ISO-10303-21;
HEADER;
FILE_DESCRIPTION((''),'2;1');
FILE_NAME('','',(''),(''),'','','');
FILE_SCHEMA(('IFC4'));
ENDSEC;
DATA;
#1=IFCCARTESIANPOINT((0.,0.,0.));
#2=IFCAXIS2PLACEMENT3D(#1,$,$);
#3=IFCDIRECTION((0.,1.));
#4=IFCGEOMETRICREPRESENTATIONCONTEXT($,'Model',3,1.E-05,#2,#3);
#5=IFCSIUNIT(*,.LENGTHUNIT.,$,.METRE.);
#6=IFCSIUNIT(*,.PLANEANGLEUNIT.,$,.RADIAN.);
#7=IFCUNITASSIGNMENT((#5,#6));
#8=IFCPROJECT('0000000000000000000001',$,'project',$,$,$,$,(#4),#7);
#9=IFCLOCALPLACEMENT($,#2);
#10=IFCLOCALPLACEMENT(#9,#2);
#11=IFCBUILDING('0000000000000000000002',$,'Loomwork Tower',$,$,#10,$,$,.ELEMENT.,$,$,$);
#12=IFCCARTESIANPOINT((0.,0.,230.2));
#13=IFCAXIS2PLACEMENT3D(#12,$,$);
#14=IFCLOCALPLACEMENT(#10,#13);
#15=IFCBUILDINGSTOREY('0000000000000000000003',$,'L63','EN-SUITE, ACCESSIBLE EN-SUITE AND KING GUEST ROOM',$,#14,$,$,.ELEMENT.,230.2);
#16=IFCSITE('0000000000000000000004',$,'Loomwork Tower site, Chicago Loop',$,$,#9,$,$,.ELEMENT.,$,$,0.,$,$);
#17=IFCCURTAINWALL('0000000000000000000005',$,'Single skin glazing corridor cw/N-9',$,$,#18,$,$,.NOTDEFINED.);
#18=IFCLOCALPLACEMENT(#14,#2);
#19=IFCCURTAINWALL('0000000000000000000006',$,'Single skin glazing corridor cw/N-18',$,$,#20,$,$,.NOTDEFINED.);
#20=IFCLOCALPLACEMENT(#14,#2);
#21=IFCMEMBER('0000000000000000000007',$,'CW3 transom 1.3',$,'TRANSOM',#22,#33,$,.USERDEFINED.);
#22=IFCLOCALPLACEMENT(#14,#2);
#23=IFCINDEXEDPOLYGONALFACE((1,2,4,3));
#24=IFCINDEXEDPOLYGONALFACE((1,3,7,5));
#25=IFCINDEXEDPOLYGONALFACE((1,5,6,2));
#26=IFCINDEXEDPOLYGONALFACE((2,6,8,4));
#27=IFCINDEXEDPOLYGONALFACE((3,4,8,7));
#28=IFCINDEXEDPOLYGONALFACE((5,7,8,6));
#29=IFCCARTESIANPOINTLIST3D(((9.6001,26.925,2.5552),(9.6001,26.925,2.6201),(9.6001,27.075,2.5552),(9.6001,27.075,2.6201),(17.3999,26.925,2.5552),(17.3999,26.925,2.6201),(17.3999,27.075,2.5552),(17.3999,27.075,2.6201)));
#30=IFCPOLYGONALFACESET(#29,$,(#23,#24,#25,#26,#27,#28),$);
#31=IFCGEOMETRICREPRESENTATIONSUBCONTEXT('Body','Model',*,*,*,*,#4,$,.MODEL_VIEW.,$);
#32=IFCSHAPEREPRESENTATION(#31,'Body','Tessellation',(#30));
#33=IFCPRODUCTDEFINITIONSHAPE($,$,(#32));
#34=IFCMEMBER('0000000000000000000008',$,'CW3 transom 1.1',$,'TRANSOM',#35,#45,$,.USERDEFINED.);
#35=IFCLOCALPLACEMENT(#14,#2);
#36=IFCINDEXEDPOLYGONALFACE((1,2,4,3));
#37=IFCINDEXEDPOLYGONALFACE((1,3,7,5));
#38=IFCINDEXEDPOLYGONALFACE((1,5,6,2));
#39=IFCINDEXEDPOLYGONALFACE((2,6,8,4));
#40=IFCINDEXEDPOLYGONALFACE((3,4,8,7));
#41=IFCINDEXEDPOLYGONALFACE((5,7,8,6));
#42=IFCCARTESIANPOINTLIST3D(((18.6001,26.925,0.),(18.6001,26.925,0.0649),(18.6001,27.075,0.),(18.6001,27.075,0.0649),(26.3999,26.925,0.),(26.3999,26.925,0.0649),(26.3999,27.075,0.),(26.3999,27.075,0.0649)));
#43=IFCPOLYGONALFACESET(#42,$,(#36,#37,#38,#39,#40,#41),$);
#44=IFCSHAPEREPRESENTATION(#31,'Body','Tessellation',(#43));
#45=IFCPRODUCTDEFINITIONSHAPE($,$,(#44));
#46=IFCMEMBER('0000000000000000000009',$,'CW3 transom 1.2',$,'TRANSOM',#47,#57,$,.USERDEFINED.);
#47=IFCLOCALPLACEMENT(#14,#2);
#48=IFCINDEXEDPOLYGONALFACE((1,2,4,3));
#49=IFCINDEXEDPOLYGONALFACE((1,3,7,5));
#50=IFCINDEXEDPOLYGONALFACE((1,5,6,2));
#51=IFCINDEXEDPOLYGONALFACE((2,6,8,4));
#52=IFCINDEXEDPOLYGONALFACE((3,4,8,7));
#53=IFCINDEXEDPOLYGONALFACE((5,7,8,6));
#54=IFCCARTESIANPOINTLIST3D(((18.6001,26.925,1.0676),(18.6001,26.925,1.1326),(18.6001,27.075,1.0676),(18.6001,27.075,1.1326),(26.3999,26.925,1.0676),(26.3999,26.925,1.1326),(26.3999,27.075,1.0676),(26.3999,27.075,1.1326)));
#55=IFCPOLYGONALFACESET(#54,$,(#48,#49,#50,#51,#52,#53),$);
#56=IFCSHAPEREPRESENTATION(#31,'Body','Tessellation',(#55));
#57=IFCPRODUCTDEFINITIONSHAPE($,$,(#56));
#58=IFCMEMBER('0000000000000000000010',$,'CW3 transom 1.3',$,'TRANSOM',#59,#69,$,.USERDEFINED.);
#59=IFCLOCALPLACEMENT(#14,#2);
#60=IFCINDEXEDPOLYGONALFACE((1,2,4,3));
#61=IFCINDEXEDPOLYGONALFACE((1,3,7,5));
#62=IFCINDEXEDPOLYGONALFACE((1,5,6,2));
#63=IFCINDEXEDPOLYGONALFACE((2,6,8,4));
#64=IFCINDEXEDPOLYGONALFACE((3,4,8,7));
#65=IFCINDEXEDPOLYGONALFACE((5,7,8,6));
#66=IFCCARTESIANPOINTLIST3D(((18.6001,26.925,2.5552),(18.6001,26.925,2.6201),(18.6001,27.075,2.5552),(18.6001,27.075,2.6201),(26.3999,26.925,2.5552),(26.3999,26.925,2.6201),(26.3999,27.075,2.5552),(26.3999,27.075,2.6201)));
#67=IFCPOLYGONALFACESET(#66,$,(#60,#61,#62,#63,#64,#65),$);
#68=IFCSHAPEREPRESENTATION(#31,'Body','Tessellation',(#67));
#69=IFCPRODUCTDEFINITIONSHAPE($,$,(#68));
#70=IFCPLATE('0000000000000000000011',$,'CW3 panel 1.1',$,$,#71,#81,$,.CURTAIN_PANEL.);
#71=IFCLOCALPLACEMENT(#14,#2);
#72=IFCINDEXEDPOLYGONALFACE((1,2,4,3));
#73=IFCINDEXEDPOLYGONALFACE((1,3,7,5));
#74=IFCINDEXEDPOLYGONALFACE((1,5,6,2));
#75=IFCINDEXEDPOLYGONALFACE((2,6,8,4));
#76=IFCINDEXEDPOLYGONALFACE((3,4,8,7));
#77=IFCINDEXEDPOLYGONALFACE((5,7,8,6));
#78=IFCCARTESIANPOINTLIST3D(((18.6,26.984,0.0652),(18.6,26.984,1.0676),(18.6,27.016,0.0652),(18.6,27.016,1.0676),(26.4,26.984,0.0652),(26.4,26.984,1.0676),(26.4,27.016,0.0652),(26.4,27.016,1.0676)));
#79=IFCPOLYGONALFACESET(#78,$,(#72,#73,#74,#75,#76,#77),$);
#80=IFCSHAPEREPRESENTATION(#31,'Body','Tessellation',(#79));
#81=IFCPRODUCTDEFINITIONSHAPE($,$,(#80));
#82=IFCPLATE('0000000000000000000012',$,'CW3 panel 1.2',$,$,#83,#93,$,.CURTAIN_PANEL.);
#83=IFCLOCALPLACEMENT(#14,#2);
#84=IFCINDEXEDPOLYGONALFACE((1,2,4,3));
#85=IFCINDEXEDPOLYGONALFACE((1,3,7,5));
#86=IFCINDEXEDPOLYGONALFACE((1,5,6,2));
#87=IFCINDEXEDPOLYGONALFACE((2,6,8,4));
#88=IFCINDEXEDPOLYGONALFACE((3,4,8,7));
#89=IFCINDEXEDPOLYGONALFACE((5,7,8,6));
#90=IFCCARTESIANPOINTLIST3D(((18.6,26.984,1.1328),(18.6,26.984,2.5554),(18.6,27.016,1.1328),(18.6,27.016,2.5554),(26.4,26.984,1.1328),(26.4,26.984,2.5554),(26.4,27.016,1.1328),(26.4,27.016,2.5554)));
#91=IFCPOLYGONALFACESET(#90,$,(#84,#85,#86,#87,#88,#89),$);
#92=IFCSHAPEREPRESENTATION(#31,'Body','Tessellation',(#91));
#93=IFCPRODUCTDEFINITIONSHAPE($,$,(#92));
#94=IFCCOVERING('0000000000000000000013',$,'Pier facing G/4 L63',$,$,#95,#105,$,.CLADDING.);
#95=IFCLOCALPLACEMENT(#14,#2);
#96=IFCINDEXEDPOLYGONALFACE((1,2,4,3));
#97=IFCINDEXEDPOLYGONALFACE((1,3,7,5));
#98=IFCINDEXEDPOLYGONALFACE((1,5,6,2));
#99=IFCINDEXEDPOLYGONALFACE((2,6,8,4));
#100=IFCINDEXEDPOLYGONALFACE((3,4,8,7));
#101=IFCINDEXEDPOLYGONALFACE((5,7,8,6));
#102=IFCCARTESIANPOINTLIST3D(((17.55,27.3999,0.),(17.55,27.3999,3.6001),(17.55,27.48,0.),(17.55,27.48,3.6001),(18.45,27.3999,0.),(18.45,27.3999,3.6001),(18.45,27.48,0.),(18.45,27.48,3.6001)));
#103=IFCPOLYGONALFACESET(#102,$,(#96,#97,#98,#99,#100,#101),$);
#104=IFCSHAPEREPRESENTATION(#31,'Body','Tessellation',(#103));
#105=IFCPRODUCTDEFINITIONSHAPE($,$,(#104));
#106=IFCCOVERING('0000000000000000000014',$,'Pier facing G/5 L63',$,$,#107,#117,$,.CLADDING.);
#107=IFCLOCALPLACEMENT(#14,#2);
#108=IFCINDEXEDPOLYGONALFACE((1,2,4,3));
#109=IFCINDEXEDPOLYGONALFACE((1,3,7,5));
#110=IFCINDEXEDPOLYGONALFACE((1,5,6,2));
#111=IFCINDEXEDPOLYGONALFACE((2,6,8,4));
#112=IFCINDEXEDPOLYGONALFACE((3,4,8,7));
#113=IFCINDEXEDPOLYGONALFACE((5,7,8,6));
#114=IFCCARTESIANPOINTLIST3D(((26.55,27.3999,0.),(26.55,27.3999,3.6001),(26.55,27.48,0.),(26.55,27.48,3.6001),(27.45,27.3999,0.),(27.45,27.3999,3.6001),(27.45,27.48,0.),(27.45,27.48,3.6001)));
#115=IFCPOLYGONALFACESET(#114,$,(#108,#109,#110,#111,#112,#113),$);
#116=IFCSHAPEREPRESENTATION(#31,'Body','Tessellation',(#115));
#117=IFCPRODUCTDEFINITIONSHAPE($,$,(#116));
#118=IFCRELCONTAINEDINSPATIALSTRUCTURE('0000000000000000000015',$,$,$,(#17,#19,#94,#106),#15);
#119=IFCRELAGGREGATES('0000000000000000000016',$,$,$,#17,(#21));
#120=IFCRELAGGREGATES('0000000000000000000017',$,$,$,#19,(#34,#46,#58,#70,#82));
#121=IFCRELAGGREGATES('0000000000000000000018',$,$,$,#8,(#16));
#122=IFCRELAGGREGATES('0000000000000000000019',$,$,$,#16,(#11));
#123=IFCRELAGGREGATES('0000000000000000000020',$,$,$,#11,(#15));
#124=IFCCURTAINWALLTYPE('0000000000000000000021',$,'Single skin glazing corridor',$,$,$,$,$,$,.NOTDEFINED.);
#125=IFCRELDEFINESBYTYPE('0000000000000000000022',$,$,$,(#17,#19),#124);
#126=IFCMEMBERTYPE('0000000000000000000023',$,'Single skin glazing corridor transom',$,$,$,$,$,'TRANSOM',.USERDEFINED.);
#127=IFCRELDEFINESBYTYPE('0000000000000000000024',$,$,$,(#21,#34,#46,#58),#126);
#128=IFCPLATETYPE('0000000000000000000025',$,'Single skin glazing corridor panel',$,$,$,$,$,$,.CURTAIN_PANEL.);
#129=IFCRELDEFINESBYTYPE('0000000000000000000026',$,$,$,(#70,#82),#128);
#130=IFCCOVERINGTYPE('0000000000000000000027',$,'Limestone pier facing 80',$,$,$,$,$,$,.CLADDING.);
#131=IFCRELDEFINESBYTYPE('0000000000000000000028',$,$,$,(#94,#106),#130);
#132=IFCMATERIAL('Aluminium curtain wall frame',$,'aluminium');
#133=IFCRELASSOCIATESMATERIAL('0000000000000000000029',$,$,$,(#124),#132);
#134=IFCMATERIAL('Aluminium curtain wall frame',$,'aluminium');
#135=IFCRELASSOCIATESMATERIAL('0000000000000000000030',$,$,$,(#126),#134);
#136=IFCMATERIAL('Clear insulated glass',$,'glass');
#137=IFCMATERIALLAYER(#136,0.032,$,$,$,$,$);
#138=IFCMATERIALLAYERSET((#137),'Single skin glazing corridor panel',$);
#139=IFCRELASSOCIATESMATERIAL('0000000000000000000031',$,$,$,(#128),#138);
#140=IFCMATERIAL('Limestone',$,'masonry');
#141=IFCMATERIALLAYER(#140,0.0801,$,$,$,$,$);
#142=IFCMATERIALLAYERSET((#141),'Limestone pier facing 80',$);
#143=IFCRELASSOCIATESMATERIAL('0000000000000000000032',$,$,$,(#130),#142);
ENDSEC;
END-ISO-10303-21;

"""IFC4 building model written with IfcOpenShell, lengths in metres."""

from ifc_helpers import new_model, si_unit, direction, frame, origin, origin_2d, place, context, subcontext, project, spatial, rectangle, extrude, material, layer, layer_set, material_profile, profile_set, type_object, element, aggregate, save


model = new_model("IFC4")

# Units and contexts
model_context = context("Model", 3, precision=1e-05, world=origin(), true_north=direction((0.0, 1.0)))
body_context = subcontext(model_context, "Body", "Model", "MODEL_VIEW")
ifc_project = project(units=[si_unit("LENGTHUNIT", "METRE"), si_unit("PLANEANGLEUNIT", "RADIAN")], contexts=[model_context])

# Site, building, storey
site_placement = place(None, origin())
site = spatial("IfcSite", under=ifc_project, at=site_placement, Name="Loomwork Tower site, Chicago Loop", CompositionType="ELEMENT", RefElevation=0.0)
building_placement = place(site_placement, origin())
building = spatial("IfcBuilding", under=site, at=building_placement, Name="Loomwork Tower", CompositionType="ELEMENT")
storey_placement = place(building_placement, frame((0.0, 0.0, 230.2)))
storey = spatial("IfcBuildingStorey", under=building, at=storey_placement, Name="L63", Description="EN-SUITE, ACCESSIBLE EN-SUITE AND KING GUEST ROOM", CompositionType="ELEMENT", Elevation=230.2)

# Curtain wall
ifc_material_1 = material(Name="Aluminium curtain wall frame", Category="aluminium")
curtain_wall_type = type_object("IfcCurtainWallType", Name="Single skin glazing corridor", PredefinedType="NOTDEFINED", material=ifc_material_1)
curtain_wall_1_placement = place(storey_placement, origin())
curtain_wall_1 = element("IfcCurtainWall", 1, at=curtain_wall_1_placement, inside=storey, type_object=curtain_wall_type, Name="Single skin glazing corridor cw/N-9", PredefinedType="NOTDEFINED")

# Curtain wall
curtain_wall_2_placement = place(storey_placement, origin())
curtain_wall_2 = element("IfcCurtainWall", 2, at=curtain_wall_2_placement, inside=storey, type_object=curtain_wall_type, Name="Single skin glazing corridor cw/N-18", PredefinedType="NOTDEFINED")

# Members
ifc_material_2 = material(Name="Aluminium curtain wall frame", Category="aluminium")
ifc_material_profile_1 = material_profile(ifc_material_2, rectangle(XDim=0.1499, YDim=0.0649, at=origin_2d()), Name="AL 65x150")
ifc_profile_set_1 = profile_set([ifc_material_profile_1], Name="Aluminium curtain wall frame")
member_type_1 = type_object("IfcMemberType", Name="Single skin glazing corridor transom", ElementType="TRANSOM", PredefinedType="USERDEFINED", material=ifc_profile_set_1)
member_1_placement = place(storey_placement, frame((17.3999, 27.0, 2.5876), z_axis=(-1.0, 0.0, 0.0), x_axis=(0.0, -1.0, 0.0)))
member_1 = element("IfcMember", 3, at=member_1_placement, type_object=member_type_1, Name="CW3 transom 1.3", ObjectType="TRANSOM", PredefinedType="USERDEFINED", context=body_context, shape_type="SweptSolid", body=[
    extrude(rectangle(XDim=0.1499, YDim=0.0649, at=origin_2d()), origin(), (0.0, 0.0, 1.0), 7.7998),
])
aggregate(curtain_wall_1, [member_1])
member_2_placement = place(storey_placement, frame((26.3999, 27.0, 0.0325), z_axis=(-1.0, 0.0, 0.0), x_axis=(0.0, -1.0, 0.0)))
member_2 = element("IfcMember", 4, at=member_2_placement, type_object=member_type_1, Name="CW3 transom 1.1", ObjectType="TRANSOM", PredefinedType="USERDEFINED", context=body_context, shape_type="SweptSolid", body=[
    extrude(rectangle(XDim=0.1499, YDim=0.0649, at=origin_2d()), origin(), (0.0, 0.0, 1.0), 7.7998),
])
member_3_placement = place(storey_placement, frame((26.3999, 27.0, 1.1001), z_axis=(-1.0, 0.0, 0.0), x_axis=(0.0, -1.0, 0.0)))
member_3 = element("IfcMember", 5, at=member_3_placement, type_object=member_type_1, Name="CW3 transom 1.2", ObjectType="TRANSOM", PredefinedType="USERDEFINED", context=body_context, shape_type="SweptSolid", body=[
    extrude(rectangle(XDim=0.1499, YDim=0.0649, at=origin_2d()), origin(), (0.0, 0.0, 1.0), 7.7998),
])
member_4_placement = place(storey_placement, frame((26.3999, 27.0, 2.5876), z_axis=(-1.0, 0.0, 0.0), x_axis=(0.0, -1.0, 0.0)))
member_4 = element("IfcMember", 6, at=member_4_placement, type_object=member_type_1, Name="CW3 transom 1.3", ObjectType="TRANSOM", PredefinedType="USERDEFINED", context=body_context, shape_type="SweptSolid", body=[
    extrude(rectangle(XDim=0.1499, YDim=0.0649, at=origin_2d()), origin(), (0.0, 0.0, 1.0), 7.7998),
])

# Plates
ifc_material_3 = material(Name="Clear insulated glass", Category="glass")
ifc_layer_1 = layer(ifc_material_3, 0.032)
ifc_layer_set_1 = layer_set([ifc_layer_1], Name="Single skin glazing corridor panel")
plate_type = type_object("IfcPlateType", Name="Single skin glazing corridor panel", PredefinedType="CURTAIN_PANEL", material=ifc_layer_set_1)
plate_1_placement = place(storey_placement, frame((22.5, 27.0, 0.0652), z_axis=(0.0, 0.0, 1.0), x_axis=(-1.0, 0.0, 0.0)))
plate_1 = element("IfcPlate", 7, at=plate_1_placement, type_object=plate_type, Name="CW3 panel 1.1", PredefinedType="CURTAIN_PANEL", context=body_context, shape_type="SweptSolid", body=[
    extrude(rectangle(XDim=7.8, YDim=0.032, at=origin_2d()), origin(), (0.0, 0.0, 1.0), 1.0024),
])
plate_2_placement = place(storey_placement, frame((22.5, 27.0, 1.1328), z_axis=(0.0, 0.0, 1.0), x_axis=(-1.0, 0.0, 0.0)))
plate_2 = element("IfcPlate", 8, at=plate_2_placement, type_object=plate_type, Name="CW3 panel 1.2", PredefinedType="CURTAIN_PANEL", context=body_context, shape_type="SweptSolid", body=[
    extrude(rectangle(XDim=7.8, YDim=0.032, at=origin_2d()), origin(), (0.0, 0.0, 1.0), 1.4226),
])
aggregate(curtain_wall_2, [member_2, member_3, member_4, plate_1, plate_2])

# Coverings
ifc_material_4 = material(Name="Limestone", Category="masonry")
ifc_layer_2 = layer(ifc_material_4, 0.0801)
ifc_layer_set_2 = layer_set([ifc_layer_2], Name="Limestone pier facing 80")
covering_type = type_object("IfcCoveringType", Name="Limestone pier facing 80", PredefinedType="CLADDING", material=ifc_layer_set_2)
for number, where, z_axis, x_axis, name in (
    (9, (18.0, 27.4399, 0.0), (0.0, 0.0, 1.0), (1.0, 0.0, 0.0), "Pier facing G/4 L63"),
    (10, (27.0, 27.4399, 0.0), (0.0, 0.0, 1.0), (1.0, 0.0, 0.0), "Pier facing G/5 L63"),
):
    element("IfcCovering", number, at=place(storey_placement, frame(where, z_axis=z_axis, x_axis=x_axis)), inside=storey, type_object=covering_type, Name=name, PredefinedType="CLADDING", context=body_context, shape_type="SweptSolid", body=[
        extrude(rectangle(XDim=0.8999, YDim=0.0801, at=origin_2d()), origin(), (0.0, 0.0, 1.0), 3.6001),
    ])

save(model, "model.ifc")
